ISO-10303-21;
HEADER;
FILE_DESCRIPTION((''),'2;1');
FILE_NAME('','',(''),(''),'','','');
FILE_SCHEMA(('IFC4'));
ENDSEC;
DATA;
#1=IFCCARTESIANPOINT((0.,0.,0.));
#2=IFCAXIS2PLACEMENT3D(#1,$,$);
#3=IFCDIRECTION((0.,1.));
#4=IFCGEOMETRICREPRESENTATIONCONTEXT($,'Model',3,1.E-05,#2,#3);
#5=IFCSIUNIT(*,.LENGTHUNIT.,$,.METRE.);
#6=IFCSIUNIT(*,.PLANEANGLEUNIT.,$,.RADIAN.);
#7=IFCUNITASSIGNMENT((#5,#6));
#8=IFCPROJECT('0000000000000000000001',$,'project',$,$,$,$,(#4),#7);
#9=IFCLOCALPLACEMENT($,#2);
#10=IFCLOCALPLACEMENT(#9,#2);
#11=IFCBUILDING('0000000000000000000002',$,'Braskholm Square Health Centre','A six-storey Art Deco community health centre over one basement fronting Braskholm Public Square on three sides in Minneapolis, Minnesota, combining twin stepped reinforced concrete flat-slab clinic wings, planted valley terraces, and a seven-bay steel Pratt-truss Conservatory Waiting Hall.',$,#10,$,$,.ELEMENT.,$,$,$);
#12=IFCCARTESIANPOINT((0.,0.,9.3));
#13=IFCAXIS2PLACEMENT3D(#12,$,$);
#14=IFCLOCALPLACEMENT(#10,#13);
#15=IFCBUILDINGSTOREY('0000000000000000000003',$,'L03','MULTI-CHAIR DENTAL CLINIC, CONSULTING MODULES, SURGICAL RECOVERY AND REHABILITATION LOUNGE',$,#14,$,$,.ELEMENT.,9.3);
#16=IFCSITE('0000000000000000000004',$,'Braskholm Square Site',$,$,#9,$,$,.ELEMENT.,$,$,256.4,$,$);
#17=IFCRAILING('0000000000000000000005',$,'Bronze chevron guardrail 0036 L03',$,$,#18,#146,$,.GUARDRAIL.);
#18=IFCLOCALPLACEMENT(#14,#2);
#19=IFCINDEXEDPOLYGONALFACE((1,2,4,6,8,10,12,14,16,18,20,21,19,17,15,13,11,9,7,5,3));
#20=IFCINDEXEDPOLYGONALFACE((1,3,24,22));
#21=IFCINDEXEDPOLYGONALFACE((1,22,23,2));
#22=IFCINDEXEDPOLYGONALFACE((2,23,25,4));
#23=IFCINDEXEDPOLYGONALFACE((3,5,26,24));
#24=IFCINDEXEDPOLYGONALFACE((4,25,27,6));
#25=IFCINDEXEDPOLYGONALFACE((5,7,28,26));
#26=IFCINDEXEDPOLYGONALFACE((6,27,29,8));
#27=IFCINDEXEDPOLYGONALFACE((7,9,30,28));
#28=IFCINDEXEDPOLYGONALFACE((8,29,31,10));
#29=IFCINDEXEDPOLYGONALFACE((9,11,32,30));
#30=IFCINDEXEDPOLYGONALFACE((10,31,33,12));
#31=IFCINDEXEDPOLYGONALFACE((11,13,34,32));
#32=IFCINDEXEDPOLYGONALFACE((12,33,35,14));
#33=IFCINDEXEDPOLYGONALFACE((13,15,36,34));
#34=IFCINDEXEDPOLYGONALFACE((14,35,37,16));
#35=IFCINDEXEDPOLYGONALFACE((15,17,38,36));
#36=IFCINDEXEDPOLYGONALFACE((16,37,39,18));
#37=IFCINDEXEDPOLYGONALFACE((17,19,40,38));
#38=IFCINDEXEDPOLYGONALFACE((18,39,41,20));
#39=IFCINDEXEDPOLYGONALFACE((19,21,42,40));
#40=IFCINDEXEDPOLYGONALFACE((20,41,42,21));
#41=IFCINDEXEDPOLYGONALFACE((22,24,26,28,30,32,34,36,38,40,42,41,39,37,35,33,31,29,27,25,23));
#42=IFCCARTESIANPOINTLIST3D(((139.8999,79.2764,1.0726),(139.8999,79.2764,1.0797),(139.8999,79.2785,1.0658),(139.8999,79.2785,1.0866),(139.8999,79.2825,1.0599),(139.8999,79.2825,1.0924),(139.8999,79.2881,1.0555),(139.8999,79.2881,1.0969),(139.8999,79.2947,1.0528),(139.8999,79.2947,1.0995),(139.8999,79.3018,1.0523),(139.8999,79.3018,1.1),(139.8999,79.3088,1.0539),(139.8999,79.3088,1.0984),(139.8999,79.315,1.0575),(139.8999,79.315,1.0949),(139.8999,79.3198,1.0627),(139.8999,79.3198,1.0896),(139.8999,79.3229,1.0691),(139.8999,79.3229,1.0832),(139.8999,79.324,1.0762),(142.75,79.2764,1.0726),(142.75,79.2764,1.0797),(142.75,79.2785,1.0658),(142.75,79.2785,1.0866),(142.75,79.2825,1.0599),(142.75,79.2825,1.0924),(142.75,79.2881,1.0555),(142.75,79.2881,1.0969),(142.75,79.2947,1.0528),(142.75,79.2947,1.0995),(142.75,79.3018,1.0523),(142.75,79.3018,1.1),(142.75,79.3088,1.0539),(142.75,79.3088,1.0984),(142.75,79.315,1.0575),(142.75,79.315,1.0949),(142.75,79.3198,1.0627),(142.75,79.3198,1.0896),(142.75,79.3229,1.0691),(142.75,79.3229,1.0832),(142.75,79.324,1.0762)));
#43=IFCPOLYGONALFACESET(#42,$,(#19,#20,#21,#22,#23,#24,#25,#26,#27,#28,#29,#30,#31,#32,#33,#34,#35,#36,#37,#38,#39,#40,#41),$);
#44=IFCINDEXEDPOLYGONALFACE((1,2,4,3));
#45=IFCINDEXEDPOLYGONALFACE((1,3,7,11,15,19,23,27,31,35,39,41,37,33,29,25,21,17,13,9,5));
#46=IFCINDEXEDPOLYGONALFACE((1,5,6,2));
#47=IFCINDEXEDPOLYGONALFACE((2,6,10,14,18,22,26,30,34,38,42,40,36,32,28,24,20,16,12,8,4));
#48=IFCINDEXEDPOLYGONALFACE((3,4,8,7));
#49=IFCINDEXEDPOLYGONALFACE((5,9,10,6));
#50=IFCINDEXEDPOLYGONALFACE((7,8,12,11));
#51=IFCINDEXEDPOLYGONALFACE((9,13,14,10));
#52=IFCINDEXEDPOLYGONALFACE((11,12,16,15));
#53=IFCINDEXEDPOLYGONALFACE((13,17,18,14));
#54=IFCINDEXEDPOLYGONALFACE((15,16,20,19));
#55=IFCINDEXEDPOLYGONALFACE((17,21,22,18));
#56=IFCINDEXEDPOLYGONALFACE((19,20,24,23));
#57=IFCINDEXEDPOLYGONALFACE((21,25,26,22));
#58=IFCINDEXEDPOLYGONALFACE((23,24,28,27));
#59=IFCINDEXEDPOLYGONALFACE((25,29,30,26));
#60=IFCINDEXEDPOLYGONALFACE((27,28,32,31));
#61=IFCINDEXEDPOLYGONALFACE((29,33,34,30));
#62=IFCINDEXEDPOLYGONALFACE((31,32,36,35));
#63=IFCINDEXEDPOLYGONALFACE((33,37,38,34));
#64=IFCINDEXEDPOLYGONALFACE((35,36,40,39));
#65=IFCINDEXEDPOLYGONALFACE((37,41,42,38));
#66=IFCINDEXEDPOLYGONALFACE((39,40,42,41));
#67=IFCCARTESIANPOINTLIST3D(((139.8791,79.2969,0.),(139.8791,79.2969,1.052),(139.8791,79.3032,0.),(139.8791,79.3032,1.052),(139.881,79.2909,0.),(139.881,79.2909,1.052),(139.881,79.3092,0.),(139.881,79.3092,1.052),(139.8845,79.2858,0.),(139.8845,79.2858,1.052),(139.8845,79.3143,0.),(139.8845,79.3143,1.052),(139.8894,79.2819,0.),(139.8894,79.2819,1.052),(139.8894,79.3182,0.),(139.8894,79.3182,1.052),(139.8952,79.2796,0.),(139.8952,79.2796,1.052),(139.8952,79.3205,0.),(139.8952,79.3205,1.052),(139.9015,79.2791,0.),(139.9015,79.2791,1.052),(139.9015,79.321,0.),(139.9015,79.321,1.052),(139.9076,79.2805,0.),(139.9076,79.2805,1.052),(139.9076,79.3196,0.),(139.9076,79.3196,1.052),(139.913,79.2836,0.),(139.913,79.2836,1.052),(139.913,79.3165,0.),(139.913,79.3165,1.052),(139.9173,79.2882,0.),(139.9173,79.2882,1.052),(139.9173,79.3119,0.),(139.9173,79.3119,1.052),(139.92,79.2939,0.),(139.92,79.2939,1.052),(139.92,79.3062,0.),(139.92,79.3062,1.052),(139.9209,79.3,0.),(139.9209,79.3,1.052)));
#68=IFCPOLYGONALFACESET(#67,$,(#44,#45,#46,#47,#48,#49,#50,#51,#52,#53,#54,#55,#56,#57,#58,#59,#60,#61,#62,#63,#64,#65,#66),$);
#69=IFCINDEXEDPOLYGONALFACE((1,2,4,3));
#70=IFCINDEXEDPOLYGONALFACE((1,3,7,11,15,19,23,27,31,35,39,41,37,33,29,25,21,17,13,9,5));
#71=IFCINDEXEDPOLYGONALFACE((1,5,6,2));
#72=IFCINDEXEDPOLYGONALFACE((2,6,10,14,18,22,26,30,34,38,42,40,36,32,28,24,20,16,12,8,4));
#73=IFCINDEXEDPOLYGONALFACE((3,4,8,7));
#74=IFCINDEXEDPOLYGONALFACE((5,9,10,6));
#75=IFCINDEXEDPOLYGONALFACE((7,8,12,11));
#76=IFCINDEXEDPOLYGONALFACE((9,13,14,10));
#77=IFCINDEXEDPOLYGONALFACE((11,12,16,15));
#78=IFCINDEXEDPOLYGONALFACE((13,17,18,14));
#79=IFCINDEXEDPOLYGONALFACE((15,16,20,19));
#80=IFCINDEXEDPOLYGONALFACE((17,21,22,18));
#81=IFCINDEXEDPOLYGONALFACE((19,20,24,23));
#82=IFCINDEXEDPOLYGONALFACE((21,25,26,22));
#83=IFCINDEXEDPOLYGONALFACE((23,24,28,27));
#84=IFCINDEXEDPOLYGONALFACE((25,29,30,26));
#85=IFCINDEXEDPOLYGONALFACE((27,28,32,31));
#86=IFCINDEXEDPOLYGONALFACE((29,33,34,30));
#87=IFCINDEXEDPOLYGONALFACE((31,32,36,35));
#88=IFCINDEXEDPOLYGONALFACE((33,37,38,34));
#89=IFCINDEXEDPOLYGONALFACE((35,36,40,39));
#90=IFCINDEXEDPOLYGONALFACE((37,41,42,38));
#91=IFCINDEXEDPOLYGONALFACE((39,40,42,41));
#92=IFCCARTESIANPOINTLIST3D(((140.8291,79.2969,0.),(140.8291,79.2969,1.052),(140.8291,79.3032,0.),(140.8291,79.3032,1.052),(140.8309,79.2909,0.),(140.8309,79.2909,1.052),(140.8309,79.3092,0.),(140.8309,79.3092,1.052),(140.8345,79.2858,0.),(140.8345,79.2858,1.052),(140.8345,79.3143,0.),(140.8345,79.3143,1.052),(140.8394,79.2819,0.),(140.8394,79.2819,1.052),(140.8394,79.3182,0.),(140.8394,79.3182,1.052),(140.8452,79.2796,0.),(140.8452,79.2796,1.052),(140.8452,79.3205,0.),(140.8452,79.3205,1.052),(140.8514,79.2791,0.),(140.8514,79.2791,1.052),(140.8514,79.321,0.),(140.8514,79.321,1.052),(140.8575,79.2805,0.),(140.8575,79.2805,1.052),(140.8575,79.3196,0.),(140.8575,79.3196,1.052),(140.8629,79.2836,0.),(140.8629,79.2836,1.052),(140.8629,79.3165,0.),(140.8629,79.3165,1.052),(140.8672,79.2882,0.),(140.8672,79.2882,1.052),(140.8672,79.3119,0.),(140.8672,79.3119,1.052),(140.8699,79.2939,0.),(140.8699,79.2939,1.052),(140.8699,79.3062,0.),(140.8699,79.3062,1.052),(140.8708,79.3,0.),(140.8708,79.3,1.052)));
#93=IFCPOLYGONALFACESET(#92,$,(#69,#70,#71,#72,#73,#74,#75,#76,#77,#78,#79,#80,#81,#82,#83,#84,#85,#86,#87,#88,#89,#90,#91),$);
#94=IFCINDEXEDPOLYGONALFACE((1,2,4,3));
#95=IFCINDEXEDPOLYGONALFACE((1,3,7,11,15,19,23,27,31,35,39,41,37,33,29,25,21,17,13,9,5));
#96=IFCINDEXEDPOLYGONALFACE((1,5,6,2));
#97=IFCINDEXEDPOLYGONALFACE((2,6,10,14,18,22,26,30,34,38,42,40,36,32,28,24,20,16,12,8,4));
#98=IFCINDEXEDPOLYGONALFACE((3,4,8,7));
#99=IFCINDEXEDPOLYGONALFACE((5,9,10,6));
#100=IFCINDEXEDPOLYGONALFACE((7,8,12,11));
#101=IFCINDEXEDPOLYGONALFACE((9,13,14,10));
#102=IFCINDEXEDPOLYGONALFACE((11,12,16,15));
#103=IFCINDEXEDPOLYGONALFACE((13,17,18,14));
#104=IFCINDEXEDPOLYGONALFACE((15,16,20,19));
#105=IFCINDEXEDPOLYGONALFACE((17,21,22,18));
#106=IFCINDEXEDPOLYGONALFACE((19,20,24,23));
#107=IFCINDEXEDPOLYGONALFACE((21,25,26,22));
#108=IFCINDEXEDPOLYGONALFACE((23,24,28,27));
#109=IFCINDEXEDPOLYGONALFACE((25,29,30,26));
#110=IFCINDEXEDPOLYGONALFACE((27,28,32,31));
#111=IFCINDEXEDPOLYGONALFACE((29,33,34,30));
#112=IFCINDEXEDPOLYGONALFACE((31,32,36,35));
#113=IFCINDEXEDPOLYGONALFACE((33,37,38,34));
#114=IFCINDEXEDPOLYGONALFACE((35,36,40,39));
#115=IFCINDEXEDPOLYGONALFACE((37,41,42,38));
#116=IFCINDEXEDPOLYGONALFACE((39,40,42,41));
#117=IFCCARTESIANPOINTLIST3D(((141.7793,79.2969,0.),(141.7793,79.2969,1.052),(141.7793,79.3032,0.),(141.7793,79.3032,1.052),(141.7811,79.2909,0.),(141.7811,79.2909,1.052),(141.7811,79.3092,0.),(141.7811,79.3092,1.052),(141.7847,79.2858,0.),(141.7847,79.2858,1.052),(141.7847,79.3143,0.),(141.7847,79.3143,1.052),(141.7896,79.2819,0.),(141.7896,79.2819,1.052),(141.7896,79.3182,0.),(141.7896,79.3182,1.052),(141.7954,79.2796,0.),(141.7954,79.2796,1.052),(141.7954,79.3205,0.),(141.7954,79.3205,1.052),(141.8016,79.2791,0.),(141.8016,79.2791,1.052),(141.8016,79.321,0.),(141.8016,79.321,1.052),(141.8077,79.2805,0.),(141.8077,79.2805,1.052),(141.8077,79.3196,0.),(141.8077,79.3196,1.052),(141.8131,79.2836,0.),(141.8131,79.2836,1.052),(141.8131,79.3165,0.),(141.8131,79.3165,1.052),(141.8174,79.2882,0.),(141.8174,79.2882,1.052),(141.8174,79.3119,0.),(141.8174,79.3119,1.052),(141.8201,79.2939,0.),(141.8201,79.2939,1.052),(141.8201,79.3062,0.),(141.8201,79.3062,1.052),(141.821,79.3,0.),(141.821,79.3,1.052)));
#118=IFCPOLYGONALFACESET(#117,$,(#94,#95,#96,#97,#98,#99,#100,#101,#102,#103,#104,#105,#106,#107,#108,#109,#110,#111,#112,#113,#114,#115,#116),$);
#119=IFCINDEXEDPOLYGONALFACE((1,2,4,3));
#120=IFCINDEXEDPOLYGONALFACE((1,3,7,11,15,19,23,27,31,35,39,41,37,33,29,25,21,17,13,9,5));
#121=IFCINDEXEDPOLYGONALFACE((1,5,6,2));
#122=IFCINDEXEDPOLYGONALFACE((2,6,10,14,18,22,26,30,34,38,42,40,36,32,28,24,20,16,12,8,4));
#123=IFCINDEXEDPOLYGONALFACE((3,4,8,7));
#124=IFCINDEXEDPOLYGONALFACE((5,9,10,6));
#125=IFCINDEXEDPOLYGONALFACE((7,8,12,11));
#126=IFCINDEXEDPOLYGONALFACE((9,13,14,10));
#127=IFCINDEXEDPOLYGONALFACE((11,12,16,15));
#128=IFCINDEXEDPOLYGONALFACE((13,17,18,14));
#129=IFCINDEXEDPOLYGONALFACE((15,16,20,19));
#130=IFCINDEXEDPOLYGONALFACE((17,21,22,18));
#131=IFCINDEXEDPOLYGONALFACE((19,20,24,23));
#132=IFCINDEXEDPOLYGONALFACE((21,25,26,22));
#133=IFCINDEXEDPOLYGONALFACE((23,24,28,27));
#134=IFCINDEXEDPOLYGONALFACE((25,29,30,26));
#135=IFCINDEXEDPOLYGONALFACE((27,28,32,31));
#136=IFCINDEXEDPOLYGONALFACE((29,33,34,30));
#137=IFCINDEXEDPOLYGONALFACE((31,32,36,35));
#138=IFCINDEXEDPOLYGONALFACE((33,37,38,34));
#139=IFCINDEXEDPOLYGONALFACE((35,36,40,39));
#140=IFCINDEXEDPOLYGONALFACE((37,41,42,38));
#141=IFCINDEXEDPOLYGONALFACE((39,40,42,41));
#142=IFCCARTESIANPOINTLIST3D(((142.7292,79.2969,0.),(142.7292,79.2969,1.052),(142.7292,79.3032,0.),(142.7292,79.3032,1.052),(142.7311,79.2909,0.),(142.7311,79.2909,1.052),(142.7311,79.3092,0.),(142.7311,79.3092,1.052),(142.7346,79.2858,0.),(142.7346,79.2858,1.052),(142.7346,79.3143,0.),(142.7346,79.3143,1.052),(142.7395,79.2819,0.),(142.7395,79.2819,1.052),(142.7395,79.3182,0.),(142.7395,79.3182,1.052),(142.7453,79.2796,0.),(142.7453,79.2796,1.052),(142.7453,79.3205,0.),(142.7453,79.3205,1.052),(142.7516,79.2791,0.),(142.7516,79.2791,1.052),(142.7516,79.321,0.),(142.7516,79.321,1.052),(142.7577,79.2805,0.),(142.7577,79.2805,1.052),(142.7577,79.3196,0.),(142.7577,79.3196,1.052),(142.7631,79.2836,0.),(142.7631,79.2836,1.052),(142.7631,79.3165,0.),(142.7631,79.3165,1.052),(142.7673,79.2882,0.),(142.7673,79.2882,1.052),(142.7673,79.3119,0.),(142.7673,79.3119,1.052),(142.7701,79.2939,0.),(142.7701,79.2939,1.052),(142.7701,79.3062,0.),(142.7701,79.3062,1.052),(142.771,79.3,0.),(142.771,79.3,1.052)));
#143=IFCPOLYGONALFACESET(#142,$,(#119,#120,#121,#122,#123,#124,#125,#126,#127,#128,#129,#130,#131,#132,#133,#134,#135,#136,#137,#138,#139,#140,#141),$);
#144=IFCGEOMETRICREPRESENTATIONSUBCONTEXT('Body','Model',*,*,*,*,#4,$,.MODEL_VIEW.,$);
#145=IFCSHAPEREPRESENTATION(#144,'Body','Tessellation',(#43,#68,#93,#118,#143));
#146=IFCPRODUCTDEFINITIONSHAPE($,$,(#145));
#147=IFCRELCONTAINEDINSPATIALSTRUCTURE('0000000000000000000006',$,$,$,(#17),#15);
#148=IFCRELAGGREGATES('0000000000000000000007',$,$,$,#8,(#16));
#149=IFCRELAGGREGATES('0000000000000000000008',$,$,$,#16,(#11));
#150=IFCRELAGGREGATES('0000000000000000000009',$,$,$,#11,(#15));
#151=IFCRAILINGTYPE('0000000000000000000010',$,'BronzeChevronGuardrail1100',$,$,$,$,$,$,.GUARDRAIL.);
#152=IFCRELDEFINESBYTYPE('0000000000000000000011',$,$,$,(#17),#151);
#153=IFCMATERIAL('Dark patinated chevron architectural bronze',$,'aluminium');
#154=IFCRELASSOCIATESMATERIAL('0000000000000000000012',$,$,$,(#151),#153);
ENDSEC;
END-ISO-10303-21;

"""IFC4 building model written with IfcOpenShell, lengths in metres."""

from ifc_helpers import new_model, si_unit, direction, frame, origin, origin_2d, place, context, subcontext, project, spatial, circle, extrude, material, type_object, element, save


model = new_model("IFC4")

# Units and contexts
model_context = context("Model", 3, precision=1e-05, world=origin(), true_north=direction((0.0, 1.0)))
body_context = subcontext(model_context, "Body", "Model", "MODEL_VIEW")
ifc_project = project(units=[si_unit("LENGTHUNIT", "METRE"), si_unit("PLANEANGLEUNIT", "RADIAN")], contexts=[model_context])

# Site, building, storey
site_placement = place(None, origin())
site = spatial("IfcSite", under=ifc_project, at=site_placement, Name="Braskholm Square Site", CompositionType="ELEMENT", RefElevation=256.4)
building_placement = place(site_placement, origin())
building = spatial("IfcBuilding", under=site, at=building_placement, Name="Braskholm Square Health Centre", Description="A six-storey Art Deco community health centre over one basement fronting Braskholm Public Square on three sides in Minneapolis, Minnesota, combining twin stepped reinforced concrete flat-slab clinic wings, planted valley terraces, and a seven-bay steel Pratt-truss Conservatory Waiting Hall.", CompositionType="ELEMENT")
storey_placement = place(building_placement, frame((0.0, 0.0, 9.3)))
storey = spatial("IfcBuildingStorey", under=building, at=storey_placement, Name="L03", Description="MULTI-CHAIR DENTAL CLINIC, CONSULTING MODULES, SURGICAL RECOVERY AND REHABILITATION LOUNGE", CompositionType="ELEMENT", Elevation=9.3)

# Railing
ifc_material_1 = material(Name="Dark patinated chevron architectural bronze", Category="aluminium")
railing_type = type_object("IfcRailingType", Name="BronzeChevronGuardrail1100", PredefinedType="GUARDRAIL", material=ifc_material_1)
railing_1_placement = place(storey_placement, frame((139.8999, 79.3, 0.0)))
element("IfcRailing", 1, at=railing_1_placement, inside=storey, type_object=railing_type, Name="Bronze chevron guardrail 0036 L03", PredefinedType="GUARDRAIL", context=body_context, shape_type="SweptSolid", body=[
    extrude(circle(Radius=0.0239, at=origin_2d()), frame((0.0, 0.0, 1.0762), z_axis=(1.0, 0.0, 0.0), x_axis=(0.0, 1.0, 0.0)), (0.0, 0.0, 1.0), 2.8501),
    extrude(circle(Radius=0.021, at=origin_2d()), origin(), (0.0, 0.0, 1.0), 1.052),
    extrude(circle(Radius=0.021, at=origin_2d()), frame((0.95, 0.0, 0.0)), (0.0, 0.0, 1.0), 1.052),
    extrude(circle(Radius=0.021, at=origin_2d()), frame((1.9001, 0.0, 0.0)), (0.0, 0.0, 1.0), 1.052),
    extrude(circle(Radius=0.021, at=origin_2d()), frame((2.8501, 0.0, 0.0)), (0.0, 0.0, 1.0), 1.052),
])

save(model, "model.ifc")
